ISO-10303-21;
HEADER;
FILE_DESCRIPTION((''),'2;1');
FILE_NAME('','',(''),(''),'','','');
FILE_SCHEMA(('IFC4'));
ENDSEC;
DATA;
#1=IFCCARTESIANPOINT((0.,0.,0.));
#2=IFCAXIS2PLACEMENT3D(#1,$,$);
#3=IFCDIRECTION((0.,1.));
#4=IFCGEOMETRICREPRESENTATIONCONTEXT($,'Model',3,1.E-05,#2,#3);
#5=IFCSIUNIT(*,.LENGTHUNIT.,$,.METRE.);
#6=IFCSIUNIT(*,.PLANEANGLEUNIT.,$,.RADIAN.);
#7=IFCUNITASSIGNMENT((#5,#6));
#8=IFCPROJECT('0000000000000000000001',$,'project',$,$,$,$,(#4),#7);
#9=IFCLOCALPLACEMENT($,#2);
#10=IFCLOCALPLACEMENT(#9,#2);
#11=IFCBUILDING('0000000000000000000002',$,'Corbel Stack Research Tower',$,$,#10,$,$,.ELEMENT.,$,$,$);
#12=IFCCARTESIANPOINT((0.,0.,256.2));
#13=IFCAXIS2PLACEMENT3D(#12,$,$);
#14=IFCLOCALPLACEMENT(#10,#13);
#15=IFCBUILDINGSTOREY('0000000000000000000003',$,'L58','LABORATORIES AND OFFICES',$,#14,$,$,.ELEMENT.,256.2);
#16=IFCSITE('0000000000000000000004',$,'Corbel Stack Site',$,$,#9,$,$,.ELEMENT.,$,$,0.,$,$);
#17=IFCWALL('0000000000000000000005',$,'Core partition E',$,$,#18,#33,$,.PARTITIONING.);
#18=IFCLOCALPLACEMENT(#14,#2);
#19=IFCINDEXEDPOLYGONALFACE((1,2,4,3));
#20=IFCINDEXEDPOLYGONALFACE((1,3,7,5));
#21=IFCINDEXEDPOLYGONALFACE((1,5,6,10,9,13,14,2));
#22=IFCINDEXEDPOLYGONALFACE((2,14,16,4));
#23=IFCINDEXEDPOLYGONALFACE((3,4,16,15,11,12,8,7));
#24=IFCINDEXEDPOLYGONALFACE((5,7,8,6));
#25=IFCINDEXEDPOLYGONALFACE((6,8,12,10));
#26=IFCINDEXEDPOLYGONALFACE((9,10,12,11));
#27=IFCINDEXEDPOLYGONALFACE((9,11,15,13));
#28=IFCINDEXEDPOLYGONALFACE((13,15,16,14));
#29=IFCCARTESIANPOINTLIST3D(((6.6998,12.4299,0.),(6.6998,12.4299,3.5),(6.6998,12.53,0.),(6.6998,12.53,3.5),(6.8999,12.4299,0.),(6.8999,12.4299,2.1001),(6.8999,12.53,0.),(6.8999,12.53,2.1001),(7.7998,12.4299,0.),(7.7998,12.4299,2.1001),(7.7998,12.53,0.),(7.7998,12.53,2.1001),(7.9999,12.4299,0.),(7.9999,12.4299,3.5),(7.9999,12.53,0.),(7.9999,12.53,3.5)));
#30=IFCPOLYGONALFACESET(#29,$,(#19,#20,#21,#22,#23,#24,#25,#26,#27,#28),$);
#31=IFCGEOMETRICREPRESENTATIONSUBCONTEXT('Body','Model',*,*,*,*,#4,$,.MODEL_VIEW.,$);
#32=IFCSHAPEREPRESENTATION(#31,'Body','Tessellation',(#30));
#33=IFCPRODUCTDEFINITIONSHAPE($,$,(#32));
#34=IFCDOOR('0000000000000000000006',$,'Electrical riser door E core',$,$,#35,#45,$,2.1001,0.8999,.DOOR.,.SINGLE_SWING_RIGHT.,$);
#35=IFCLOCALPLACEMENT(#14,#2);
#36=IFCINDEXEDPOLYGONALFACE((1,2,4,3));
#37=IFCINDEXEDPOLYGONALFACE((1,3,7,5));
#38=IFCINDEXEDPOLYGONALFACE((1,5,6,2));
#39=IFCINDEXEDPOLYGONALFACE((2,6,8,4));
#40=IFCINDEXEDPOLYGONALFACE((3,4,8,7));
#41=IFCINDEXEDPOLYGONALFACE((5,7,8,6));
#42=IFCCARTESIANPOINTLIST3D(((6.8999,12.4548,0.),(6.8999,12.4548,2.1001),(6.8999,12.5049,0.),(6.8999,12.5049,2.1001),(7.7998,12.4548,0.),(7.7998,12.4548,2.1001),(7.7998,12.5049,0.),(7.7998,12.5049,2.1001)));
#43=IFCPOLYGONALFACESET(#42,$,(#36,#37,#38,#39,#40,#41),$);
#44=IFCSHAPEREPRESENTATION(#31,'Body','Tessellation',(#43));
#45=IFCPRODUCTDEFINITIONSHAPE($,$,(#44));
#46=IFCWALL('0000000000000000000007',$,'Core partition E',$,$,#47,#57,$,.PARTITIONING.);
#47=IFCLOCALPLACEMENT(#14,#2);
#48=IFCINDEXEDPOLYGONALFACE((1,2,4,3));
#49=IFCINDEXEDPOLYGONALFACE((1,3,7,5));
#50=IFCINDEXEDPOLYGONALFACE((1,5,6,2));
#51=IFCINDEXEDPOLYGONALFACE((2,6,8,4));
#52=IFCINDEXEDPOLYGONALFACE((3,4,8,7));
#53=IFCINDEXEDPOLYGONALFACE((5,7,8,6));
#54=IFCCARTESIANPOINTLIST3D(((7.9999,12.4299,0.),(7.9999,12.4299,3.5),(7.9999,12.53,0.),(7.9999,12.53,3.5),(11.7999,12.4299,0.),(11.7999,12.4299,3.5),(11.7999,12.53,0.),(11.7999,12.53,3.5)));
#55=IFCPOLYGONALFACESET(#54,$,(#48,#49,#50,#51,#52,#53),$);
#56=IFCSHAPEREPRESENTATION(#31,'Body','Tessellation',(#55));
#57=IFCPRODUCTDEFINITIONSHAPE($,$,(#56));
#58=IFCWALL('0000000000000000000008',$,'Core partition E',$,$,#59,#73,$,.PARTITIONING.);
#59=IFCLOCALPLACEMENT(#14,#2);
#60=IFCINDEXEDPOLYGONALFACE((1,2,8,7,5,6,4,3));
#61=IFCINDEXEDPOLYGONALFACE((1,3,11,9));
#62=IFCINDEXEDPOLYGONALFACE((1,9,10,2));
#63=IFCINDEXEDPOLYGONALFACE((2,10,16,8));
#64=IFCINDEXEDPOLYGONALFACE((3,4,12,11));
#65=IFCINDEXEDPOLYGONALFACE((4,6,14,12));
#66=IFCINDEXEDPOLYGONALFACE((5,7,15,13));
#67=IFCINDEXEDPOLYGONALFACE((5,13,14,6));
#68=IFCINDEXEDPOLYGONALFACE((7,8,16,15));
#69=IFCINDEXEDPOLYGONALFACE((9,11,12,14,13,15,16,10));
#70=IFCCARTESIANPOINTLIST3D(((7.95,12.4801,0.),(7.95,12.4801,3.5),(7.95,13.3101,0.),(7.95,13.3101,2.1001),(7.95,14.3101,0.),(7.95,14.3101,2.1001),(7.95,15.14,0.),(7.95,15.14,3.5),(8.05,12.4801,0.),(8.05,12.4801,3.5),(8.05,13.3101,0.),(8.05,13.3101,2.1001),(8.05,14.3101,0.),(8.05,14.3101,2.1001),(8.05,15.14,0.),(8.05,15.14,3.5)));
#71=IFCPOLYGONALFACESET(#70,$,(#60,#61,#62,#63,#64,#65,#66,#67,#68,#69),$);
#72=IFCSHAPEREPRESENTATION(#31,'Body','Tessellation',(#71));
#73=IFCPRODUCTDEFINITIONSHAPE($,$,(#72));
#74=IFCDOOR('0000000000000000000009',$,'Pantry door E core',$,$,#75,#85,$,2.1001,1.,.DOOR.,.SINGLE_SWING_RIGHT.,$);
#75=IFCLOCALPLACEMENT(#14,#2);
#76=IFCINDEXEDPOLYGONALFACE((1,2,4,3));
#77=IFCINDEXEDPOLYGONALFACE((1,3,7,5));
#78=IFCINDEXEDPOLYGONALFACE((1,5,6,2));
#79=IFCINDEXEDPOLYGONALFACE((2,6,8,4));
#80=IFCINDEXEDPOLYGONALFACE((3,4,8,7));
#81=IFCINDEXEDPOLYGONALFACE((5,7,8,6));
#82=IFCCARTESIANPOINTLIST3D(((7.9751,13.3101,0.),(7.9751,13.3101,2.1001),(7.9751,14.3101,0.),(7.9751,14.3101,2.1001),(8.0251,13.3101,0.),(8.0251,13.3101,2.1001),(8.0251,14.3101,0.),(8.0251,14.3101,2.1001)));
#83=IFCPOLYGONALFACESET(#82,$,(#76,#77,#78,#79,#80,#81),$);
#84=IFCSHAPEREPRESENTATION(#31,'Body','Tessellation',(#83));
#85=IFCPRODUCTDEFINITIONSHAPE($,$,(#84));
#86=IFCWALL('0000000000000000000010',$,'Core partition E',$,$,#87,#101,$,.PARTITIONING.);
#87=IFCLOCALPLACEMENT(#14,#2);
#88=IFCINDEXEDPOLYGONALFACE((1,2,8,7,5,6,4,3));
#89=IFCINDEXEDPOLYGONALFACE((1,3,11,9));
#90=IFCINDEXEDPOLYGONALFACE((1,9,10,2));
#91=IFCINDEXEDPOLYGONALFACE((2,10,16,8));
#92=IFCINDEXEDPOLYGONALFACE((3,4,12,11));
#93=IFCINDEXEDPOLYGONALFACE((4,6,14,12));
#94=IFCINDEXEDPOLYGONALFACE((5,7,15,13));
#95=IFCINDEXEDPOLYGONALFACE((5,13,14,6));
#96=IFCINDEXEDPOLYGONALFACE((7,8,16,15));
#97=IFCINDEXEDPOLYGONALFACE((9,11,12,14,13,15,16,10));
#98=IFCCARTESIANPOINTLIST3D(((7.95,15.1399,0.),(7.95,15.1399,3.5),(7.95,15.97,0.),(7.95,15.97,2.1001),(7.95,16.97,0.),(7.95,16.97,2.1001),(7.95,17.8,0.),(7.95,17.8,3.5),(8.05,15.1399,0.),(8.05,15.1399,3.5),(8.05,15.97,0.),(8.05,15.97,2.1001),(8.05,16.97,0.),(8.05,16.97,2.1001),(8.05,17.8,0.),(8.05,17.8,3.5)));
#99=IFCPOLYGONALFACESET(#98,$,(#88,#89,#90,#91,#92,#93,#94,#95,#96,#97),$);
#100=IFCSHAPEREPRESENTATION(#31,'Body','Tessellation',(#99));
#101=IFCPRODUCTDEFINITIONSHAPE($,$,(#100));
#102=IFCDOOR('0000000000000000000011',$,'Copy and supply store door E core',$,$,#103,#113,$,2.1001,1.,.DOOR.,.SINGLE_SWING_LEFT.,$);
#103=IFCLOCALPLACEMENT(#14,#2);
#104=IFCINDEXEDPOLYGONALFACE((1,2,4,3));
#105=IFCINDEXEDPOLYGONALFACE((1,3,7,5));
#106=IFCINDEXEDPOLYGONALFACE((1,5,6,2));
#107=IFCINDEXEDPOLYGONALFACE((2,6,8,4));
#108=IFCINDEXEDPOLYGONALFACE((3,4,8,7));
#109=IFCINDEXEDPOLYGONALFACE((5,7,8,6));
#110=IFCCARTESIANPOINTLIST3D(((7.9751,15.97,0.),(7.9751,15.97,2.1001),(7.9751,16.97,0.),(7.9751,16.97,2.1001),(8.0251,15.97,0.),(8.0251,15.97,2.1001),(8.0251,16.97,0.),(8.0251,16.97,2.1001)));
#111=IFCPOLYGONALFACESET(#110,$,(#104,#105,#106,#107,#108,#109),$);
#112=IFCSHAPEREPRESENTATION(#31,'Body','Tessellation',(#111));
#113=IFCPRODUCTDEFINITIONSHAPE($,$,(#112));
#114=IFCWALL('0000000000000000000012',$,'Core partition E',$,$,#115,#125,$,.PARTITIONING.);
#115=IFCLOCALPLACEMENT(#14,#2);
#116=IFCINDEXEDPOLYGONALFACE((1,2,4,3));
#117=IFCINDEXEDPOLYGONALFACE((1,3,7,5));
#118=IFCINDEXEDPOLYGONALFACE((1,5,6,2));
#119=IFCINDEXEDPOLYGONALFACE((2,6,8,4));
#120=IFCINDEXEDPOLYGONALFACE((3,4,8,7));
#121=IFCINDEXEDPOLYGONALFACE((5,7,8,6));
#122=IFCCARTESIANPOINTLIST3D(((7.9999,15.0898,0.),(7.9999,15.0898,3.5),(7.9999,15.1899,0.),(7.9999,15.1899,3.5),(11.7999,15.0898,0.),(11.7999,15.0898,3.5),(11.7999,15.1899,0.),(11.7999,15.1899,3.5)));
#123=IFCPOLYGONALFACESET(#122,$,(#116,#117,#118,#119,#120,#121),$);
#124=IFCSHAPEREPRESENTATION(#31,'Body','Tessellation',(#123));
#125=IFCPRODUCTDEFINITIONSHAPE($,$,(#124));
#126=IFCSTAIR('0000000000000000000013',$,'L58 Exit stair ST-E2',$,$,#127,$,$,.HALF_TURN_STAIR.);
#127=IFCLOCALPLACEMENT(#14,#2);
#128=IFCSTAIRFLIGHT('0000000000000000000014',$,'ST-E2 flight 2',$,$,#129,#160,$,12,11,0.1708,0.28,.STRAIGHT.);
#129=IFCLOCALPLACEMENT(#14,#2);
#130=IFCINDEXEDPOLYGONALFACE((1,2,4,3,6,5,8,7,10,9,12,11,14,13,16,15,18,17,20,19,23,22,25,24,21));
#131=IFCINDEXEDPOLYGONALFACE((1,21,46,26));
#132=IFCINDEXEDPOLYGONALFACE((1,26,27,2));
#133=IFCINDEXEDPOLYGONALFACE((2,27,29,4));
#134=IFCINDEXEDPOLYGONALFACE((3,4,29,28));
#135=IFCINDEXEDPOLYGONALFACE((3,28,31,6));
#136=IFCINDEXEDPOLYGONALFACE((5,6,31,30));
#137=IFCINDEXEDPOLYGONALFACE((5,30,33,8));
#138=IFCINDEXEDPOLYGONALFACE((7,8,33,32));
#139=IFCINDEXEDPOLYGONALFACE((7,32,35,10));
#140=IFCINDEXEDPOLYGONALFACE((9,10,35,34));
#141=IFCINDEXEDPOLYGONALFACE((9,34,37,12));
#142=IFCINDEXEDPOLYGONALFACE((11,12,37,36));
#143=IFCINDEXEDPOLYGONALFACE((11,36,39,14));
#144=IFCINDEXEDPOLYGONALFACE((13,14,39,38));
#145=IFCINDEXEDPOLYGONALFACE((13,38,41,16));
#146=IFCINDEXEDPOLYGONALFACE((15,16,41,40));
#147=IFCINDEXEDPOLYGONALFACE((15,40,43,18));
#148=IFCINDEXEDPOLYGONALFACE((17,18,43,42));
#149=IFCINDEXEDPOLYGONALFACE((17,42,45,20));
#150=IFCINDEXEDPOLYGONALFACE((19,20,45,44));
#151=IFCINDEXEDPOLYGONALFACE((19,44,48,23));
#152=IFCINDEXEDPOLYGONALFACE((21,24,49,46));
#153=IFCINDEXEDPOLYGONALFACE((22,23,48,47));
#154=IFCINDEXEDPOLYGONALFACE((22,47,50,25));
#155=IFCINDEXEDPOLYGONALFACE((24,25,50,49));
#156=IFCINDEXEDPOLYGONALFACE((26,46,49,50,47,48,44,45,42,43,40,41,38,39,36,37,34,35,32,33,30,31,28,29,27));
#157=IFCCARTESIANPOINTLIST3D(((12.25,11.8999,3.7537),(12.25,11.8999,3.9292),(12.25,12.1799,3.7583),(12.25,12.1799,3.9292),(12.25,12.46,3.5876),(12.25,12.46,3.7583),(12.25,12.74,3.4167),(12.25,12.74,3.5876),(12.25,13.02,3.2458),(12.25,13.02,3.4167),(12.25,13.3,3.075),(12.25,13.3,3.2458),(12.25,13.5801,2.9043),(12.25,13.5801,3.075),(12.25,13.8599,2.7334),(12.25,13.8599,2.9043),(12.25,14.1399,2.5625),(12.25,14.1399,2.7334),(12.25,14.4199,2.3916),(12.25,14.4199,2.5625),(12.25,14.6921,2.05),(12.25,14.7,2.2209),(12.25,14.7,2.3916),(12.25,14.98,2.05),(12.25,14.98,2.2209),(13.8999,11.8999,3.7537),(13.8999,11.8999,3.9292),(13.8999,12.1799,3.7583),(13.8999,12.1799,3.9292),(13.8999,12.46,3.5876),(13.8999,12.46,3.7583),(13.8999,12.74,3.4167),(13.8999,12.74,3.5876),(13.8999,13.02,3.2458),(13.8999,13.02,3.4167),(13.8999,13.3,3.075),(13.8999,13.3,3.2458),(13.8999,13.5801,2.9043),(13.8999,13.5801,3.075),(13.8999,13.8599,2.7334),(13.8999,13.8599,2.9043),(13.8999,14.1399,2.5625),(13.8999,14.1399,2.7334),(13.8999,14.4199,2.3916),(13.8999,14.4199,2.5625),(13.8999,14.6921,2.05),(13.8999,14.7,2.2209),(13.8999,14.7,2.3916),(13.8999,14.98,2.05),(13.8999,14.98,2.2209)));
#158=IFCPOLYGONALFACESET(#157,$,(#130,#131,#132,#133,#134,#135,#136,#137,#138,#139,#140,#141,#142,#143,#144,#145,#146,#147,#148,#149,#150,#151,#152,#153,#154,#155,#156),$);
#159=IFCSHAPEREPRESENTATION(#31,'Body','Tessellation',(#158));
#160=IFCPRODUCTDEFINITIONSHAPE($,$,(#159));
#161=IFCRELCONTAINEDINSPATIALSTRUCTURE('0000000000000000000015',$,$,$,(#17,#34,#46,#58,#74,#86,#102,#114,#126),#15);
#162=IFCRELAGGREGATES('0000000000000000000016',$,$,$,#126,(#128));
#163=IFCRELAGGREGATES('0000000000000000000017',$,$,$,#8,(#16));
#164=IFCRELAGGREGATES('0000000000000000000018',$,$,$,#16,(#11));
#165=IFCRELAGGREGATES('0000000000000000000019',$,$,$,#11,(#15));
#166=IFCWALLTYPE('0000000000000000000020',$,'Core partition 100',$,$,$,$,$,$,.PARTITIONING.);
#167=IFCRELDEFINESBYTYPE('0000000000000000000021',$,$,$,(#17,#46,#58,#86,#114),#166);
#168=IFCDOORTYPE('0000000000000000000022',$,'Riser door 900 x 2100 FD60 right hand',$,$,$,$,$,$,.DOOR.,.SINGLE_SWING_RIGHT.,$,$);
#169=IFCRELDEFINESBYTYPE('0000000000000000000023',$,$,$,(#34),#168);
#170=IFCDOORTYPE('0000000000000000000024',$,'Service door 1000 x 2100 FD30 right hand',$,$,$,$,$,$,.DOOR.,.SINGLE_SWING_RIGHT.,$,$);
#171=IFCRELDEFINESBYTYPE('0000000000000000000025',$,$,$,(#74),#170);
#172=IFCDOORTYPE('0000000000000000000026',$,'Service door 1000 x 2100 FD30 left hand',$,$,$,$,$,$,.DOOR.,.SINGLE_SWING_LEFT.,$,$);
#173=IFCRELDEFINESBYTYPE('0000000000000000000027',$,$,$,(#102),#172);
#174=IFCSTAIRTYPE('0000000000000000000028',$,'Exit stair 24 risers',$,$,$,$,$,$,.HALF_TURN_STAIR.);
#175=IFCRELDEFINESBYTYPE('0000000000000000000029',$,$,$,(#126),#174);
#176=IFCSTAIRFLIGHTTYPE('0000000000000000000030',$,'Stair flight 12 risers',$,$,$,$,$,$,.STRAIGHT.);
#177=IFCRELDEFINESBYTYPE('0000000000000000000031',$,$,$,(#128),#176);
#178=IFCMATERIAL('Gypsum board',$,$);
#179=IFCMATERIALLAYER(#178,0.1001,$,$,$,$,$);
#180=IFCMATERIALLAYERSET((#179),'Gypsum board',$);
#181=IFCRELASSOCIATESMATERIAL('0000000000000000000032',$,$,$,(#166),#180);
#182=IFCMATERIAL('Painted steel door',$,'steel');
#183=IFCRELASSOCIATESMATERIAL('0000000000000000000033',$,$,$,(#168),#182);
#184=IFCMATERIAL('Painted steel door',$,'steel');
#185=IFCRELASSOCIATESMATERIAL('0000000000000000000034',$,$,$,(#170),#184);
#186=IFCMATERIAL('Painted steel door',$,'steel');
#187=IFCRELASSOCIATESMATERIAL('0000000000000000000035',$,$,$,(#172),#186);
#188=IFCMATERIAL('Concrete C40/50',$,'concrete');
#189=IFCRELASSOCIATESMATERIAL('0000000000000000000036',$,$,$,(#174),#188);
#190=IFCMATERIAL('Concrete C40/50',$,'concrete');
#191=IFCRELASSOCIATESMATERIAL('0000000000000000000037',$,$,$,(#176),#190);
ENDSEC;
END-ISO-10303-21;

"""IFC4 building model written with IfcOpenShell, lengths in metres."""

from ifc_helpers import new_model, si_unit, direction, frame, frame_2d, origin, place, context, subcontext, project, spatial, polyline, rectangle, outline, extrude, material, layer, layer_set, type_object, element, fill, aggregate, save


model = new_model("IFC4")

# Units and contexts
model_context = context("Model", 3, precision=1e-05, world=origin(), true_north=direction((0.0, 1.0)))
body_context = subcontext(model_context, "Body", "Model", "MODEL_VIEW")
ifc_project = project(units=[si_unit("LENGTHUNIT", "METRE"), si_unit("PLANEANGLEUNIT", "RADIAN")], contexts=[model_context])

# Site, building, storey
site_placement = place(None, origin())
site = spatial("IfcSite", under=ifc_project, at=site_placement, Name="Corbel Stack Site", CompositionType="ELEMENT", RefElevation=0.0)
building_placement = place(site_placement, origin())
building = spatial("IfcBuilding", under=site, at=building_placement, Name="Corbel Stack Research Tower", CompositionType="ELEMENT")
storey_placement = place(building_placement, frame((0.0, 0.0, 256.2)))
storey = spatial("IfcBuildingStorey", under=building, at=storey_placement, Name="L58", Description="LABORATORIES AND OFFICES", CompositionType="ELEMENT", Elevation=256.2)

# Wall, opening, door
ifc_material_1 = material(Name="Gypsum board")
ifc_layer = layer(ifc_material_1, 0.1001)
ifc_layer_set = layer_set([ifc_layer], Name="Gypsum board")
wall_type = type_object("IfcWallType", Name="Core partition 100", PredefinedType="PARTITIONING", material=ifc_layer_set)
wall_1_placement = place(storey_placement, frame((6.7, 12.48, 0.0), z_axis=(0.0, 0.0, 1.0), x_axis=(1.0, 0.0, 0.0)))
wall_1 = element("IfcWall", 1, at=wall_1_placement, inside=storey, type_object=wall_type, Name="Core partition E", PredefinedType="PARTITIONING", context=body_context, shape_type="SweptSolid", body=[
    extrude(rectangle(XDim=1.3, YDim=0.1001, at=frame_2d((0.6499, 0.0))), origin(), (0.0, 0.0, 1.0), 3.5),
])
opening_1_placement = place(wall_1_placement, frame((0.2, 0.0, 0.0)))
opening_1 = element("IfcOpeningElement", 2, at=opening_1_placement, cuts=wall_1, PredefinedType="OPENING", context=body_context, shape_type="SweptSolid", body=[
    extrude(rectangle(XDim=0.8999, YDim=2.1001, at=frame_2d((0.45, 1.05))), frame((0.0, 0.0601, 0.0), z_axis=(0.0, -1.0, 0.0), x_axis=(1.0, 0.0, 0.0)), (0.0, 0.0, 1.0), 0.1201),
])
ifc_material_2 = material(Name="Painted steel door", Category="steel")
door_type_1 = type_object("IfcDoorType", Name="Riser door 900 x 2100 FD60 right hand", OperationType="SINGLE_SWING_RIGHT", PredefinedType="DOOR", material=ifc_material_2)
door_1_placement = place(opening_1_placement, origin())
door_1 = element("IfcDoor", 3, at=door_1_placement, inside=storey, type_object=door_type_1, Name="Electrical riser door E core", OperationType="SINGLE_SWING_RIGHT", OverallHeight=2.1001, OverallWidth=0.8999, PredefinedType="DOOR", context=body_context, shape_type="SweptSolid", body=[
    extrude(rectangle(XDim=0.8999, YDim=2.1001, at=frame_2d((0.45, 1.05))), frame((0.0, 0.0249, 0.0), z_axis=(0.0, -1.0, 0.0), x_axis=(1.0, 0.0, 0.0)), (0.0, 0.0, 1.0), 0.05),
])
fill(opening_1, door_1)

# Wall
wall_2_placement = place(storey_placement, frame((8.0, 12.48, 0.0), z_axis=(0.0, 0.0, 1.0), x_axis=(1.0, 0.0, 0.0)))
element("IfcWall", 4, at=wall_2_placement, inside=storey, type_object=wall_type, Name="Core partition E", PredefinedType="PARTITIONING", context=body_context, shape_type="SweptSolid", body=[
    extrude(rectangle(XDim=3.8, YDim=0.1001, at=frame_2d((1.8999, 0.0))), origin(), (0.0, 0.0, 1.0), 3.5),
])

# Walls, openings, doors
wall_3_placement = place(storey_placement, frame((8.0, 12.48, 0.0), z_axis=(0.0, 0.0, 1.0), x_axis=(0.0, 1.0, 0.0)))
wall_3 = element("IfcWall", 5, at=wall_3_placement, inside=storey, type_object=wall_type, Name="Core partition E", PredefinedType="PARTITIONING", context=body_context, shape_type="SweptSolid", body=[
    extrude(rectangle(XDim=2.6599, YDim=0.1001, at=frame_2d((1.3301, 0.0))), origin(), (0.0, 0.0, 1.0), 3.5),
])
opening_2_placement = place(wall_3_placement, frame((0.8301, 0.0, 0.0)))
opening_2 = element("IfcOpeningElement", 6, at=opening_2_placement, cuts=wall_3, PredefinedType="OPENING", context=body_context, shape_type="SweptSolid", body=[
    extrude(rectangle(XDim=1.0, YDim=2.1001, at=frame_2d((0.5, 1.05))), frame((0.0, 0.0601, 0.0), z_axis=(0.0, -1.0, 0.0), x_axis=(1.0, 0.0, 0.0)), (0.0, 0.0, 1.0), 0.1201),
])
ifc_material_3 = material(Name="Painted steel door", Category="steel")
door_type_2 = type_object("IfcDoorType", Name="Service door 1000 x 2100 FD30 right hand", OperationType="SINGLE_SWING_RIGHT", PredefinedType="DOOR", material=ifc_material_3)
door_2_placement = place(opening_2_placement, origin())
door_2 = element("IfcDoor", 7, at=door_2_placement, inside=storey, type_object=door_type_2, Name="Pantry door E core", OperationType="SINGLE_SWING_RIGHT", OverallHeight=2.1001, OverallWidth=1.0, PredefinedType="DOOR", context=body_context, shape_type="SweptSolid", body=[
    extrude(rectangle(XDim=1.0, YDim=2.1001, at=frame_2d((0.5, 1.05))), frame((0.0, 0.0249, 0.0), z_axis=(0.0, -1.0, 0.0), x_axis=(1.0, 0.0, 0.0)), (0.0, 0.0, 1.0), 0.05),
])
fill(opening_2, door_2)
wall_4_placement = place(storey_placement, frame((8.0, 15.1399, 0.0), z_axis=(0.0, 0.0, 1.0), x_axis=(0.0, 1.0, 0.0)))
wall_4 = element("IfcWall", 8, at=wall_4_placement, inside=storey, type_object=wall_type, Name="Core partition E", PredefinedType="PARTITIONING", context=body_context, shape_type="SweptSolid", body=[
    extrude(rectangle(XDim=2.6602, YDim=0.1001, at=frame_2d((1.3301, 0.0))), origin(), (0.0, 0.0, 1.0), 3.5),
])
opening_3_placement = place(wall_4_placement, frame((0.8301, 0.0, 0.0)))
opening_3 = element("IfcOpeningElement", 9, at=opening_3_placement, cuts=wall_4, PredefinedType="OPENING", context=body_context, shape_type="SweptSolid", body=[
    extrude(rectangle(XDim=1.0, YDim=2.1001, at=frame_2d((0.5, 1.05))), frame((0.0, 0.0601, 0.0), z_axis=(0.0, -1.0, 0.0), x_axis=(1.0, 0.0, 0.0)), (0.0, 0.0, 1.0), 0.1201),
])
ifc_material_4 = material(Name="Painted steel door", Category="steel")
door_type_3 = type_object("IfcDoorType", Name="Service door 1000 x 2100 FD30 left hand", OperationType="SINGLE_SWING_LEFT", PredefinedType="DOOR", material=ifc_material_4)
door_3_placement = place(opening_3_placement, origin())
door_3 = element("IfcDoor", 10, at=door_3_placement, inside=storey, type_object=door_type_3, Name="Copy and supply store door E core", OperationType="SINGLE_SWING_LEFT", OverallHeight=2.1001, OverallWidth=1.0, PredefinedType="DOOR", context=body_context, shape_type="SweptSolid", body=[
    extrude(rectangle(XDim=1.0, YDim=2.1001, at=frame_2d((0.5, 1.05))), frame((0.0, 0.0249, 0.0), z_axis=(0.0, -1.0, 0.0), x_axis=(1.0, 0.0, 0.0)), (0.0, 0.0, 1.0), 0.05),
])
fill(opening_3, door_3)

# Wall
wall_5_placement = place(storey_placement, frame((8.0, 15.1399, 0.0), z_axis=(0.0, 0.0, 1.0), x_axis=(1.0, 0.0, 0.0)))
element("IfcWall", 11, at=wall_5_placement, inside=storey, type_object=wall_type, Name="Core partition E", PredefinedType="PARTITIONING", context=body_context, shape_type="SweptSolid", body=[
    extrude(rectangle(XDim=3.8, YDim=0.1001, at=frame_2d((1.8999, 0.0))), origin(), (0.0, 0.0, 1.0), 3.5),
])

# Stair, stair flight
ifc_material_5 = material(Name="Concrete C40/50", Category="concrete")
stair_type = type_object("IfcStairType", Name="Exit stair 24 risers", PredefinedType="HALF_TURN_STAIR", material=ifc_material_5)
stair_placement = place(storey_placement, origin())
stair = element("IfcStair", 12, at=stair_placement, inside=storey, type_object=stair_type, Name="L58 Exit stair ST-E2", PredefinedType="HALF_TURN_STAIR")
ifc_material_6 = material(Name="Concrete C40/50", Category="concrete")
stair_flight_type = type_object("IfcStairFlightType", Name="Stair flight 12 risers", PredefinedType="STRAIGHT", material=ifc_material_6)
stair_flight_placement = place(storey_placement, frame((13.075, 14.98, 2.05), z_axis=(0.0, 0.0, 1.0), x_axis=(0.0, -1.0, 0.0)))
stair_flight = element("IfcStairFlight", 13, at=stair_flight_placement, type_object=stair_flight_type, Name="ST-E2 flight 2", NumberOfRisers=12, NumberOfTreads=11, PredefinedType="STRAIGHT", RiserHeight=0.1708, TreadLength=0.28, context=body_context, shape_type="SweptSolid", body=[
    extrude(outline(polyline([(0.0, 0.0), (0.0, 0.1709), (0.28, 0.1709), (0.28, 0.3416), (0.5601, 0.3416), (0.5601, 0.5125), (0.8401, 0.5125), (0.8401, 0.6833), (1.1201, 0.6833), (1.1201, 0.8542), (1.3999, 0.8542), (1.3999, 1.0249), (1.6799, 1.0249), (1.6799, 1.1958), (1.96, 1.1958), (1.96, 1.3667), (2.24, 1.3667), (2.24, 1.5376), (2.52, 1.5376), (2.52, 1.7083), (2.8, 1.7083), (2.8, 1.8792), (3.0801, 1.8792), (3.0801, 2.05), (3.0801, 1.7036), (0.2878, 0.0), (0.0, 0.0)])), frame((0.0, 0.825, 0.0), z_axis=(0.0, -1.0, 0.0), x_axis=(1.0, 0.0, 0.0)), (0.0, 0.0, 1.0), 1.6499),
])
aggregate(stair, [stair_flight])

save(model, "model.ifc")
